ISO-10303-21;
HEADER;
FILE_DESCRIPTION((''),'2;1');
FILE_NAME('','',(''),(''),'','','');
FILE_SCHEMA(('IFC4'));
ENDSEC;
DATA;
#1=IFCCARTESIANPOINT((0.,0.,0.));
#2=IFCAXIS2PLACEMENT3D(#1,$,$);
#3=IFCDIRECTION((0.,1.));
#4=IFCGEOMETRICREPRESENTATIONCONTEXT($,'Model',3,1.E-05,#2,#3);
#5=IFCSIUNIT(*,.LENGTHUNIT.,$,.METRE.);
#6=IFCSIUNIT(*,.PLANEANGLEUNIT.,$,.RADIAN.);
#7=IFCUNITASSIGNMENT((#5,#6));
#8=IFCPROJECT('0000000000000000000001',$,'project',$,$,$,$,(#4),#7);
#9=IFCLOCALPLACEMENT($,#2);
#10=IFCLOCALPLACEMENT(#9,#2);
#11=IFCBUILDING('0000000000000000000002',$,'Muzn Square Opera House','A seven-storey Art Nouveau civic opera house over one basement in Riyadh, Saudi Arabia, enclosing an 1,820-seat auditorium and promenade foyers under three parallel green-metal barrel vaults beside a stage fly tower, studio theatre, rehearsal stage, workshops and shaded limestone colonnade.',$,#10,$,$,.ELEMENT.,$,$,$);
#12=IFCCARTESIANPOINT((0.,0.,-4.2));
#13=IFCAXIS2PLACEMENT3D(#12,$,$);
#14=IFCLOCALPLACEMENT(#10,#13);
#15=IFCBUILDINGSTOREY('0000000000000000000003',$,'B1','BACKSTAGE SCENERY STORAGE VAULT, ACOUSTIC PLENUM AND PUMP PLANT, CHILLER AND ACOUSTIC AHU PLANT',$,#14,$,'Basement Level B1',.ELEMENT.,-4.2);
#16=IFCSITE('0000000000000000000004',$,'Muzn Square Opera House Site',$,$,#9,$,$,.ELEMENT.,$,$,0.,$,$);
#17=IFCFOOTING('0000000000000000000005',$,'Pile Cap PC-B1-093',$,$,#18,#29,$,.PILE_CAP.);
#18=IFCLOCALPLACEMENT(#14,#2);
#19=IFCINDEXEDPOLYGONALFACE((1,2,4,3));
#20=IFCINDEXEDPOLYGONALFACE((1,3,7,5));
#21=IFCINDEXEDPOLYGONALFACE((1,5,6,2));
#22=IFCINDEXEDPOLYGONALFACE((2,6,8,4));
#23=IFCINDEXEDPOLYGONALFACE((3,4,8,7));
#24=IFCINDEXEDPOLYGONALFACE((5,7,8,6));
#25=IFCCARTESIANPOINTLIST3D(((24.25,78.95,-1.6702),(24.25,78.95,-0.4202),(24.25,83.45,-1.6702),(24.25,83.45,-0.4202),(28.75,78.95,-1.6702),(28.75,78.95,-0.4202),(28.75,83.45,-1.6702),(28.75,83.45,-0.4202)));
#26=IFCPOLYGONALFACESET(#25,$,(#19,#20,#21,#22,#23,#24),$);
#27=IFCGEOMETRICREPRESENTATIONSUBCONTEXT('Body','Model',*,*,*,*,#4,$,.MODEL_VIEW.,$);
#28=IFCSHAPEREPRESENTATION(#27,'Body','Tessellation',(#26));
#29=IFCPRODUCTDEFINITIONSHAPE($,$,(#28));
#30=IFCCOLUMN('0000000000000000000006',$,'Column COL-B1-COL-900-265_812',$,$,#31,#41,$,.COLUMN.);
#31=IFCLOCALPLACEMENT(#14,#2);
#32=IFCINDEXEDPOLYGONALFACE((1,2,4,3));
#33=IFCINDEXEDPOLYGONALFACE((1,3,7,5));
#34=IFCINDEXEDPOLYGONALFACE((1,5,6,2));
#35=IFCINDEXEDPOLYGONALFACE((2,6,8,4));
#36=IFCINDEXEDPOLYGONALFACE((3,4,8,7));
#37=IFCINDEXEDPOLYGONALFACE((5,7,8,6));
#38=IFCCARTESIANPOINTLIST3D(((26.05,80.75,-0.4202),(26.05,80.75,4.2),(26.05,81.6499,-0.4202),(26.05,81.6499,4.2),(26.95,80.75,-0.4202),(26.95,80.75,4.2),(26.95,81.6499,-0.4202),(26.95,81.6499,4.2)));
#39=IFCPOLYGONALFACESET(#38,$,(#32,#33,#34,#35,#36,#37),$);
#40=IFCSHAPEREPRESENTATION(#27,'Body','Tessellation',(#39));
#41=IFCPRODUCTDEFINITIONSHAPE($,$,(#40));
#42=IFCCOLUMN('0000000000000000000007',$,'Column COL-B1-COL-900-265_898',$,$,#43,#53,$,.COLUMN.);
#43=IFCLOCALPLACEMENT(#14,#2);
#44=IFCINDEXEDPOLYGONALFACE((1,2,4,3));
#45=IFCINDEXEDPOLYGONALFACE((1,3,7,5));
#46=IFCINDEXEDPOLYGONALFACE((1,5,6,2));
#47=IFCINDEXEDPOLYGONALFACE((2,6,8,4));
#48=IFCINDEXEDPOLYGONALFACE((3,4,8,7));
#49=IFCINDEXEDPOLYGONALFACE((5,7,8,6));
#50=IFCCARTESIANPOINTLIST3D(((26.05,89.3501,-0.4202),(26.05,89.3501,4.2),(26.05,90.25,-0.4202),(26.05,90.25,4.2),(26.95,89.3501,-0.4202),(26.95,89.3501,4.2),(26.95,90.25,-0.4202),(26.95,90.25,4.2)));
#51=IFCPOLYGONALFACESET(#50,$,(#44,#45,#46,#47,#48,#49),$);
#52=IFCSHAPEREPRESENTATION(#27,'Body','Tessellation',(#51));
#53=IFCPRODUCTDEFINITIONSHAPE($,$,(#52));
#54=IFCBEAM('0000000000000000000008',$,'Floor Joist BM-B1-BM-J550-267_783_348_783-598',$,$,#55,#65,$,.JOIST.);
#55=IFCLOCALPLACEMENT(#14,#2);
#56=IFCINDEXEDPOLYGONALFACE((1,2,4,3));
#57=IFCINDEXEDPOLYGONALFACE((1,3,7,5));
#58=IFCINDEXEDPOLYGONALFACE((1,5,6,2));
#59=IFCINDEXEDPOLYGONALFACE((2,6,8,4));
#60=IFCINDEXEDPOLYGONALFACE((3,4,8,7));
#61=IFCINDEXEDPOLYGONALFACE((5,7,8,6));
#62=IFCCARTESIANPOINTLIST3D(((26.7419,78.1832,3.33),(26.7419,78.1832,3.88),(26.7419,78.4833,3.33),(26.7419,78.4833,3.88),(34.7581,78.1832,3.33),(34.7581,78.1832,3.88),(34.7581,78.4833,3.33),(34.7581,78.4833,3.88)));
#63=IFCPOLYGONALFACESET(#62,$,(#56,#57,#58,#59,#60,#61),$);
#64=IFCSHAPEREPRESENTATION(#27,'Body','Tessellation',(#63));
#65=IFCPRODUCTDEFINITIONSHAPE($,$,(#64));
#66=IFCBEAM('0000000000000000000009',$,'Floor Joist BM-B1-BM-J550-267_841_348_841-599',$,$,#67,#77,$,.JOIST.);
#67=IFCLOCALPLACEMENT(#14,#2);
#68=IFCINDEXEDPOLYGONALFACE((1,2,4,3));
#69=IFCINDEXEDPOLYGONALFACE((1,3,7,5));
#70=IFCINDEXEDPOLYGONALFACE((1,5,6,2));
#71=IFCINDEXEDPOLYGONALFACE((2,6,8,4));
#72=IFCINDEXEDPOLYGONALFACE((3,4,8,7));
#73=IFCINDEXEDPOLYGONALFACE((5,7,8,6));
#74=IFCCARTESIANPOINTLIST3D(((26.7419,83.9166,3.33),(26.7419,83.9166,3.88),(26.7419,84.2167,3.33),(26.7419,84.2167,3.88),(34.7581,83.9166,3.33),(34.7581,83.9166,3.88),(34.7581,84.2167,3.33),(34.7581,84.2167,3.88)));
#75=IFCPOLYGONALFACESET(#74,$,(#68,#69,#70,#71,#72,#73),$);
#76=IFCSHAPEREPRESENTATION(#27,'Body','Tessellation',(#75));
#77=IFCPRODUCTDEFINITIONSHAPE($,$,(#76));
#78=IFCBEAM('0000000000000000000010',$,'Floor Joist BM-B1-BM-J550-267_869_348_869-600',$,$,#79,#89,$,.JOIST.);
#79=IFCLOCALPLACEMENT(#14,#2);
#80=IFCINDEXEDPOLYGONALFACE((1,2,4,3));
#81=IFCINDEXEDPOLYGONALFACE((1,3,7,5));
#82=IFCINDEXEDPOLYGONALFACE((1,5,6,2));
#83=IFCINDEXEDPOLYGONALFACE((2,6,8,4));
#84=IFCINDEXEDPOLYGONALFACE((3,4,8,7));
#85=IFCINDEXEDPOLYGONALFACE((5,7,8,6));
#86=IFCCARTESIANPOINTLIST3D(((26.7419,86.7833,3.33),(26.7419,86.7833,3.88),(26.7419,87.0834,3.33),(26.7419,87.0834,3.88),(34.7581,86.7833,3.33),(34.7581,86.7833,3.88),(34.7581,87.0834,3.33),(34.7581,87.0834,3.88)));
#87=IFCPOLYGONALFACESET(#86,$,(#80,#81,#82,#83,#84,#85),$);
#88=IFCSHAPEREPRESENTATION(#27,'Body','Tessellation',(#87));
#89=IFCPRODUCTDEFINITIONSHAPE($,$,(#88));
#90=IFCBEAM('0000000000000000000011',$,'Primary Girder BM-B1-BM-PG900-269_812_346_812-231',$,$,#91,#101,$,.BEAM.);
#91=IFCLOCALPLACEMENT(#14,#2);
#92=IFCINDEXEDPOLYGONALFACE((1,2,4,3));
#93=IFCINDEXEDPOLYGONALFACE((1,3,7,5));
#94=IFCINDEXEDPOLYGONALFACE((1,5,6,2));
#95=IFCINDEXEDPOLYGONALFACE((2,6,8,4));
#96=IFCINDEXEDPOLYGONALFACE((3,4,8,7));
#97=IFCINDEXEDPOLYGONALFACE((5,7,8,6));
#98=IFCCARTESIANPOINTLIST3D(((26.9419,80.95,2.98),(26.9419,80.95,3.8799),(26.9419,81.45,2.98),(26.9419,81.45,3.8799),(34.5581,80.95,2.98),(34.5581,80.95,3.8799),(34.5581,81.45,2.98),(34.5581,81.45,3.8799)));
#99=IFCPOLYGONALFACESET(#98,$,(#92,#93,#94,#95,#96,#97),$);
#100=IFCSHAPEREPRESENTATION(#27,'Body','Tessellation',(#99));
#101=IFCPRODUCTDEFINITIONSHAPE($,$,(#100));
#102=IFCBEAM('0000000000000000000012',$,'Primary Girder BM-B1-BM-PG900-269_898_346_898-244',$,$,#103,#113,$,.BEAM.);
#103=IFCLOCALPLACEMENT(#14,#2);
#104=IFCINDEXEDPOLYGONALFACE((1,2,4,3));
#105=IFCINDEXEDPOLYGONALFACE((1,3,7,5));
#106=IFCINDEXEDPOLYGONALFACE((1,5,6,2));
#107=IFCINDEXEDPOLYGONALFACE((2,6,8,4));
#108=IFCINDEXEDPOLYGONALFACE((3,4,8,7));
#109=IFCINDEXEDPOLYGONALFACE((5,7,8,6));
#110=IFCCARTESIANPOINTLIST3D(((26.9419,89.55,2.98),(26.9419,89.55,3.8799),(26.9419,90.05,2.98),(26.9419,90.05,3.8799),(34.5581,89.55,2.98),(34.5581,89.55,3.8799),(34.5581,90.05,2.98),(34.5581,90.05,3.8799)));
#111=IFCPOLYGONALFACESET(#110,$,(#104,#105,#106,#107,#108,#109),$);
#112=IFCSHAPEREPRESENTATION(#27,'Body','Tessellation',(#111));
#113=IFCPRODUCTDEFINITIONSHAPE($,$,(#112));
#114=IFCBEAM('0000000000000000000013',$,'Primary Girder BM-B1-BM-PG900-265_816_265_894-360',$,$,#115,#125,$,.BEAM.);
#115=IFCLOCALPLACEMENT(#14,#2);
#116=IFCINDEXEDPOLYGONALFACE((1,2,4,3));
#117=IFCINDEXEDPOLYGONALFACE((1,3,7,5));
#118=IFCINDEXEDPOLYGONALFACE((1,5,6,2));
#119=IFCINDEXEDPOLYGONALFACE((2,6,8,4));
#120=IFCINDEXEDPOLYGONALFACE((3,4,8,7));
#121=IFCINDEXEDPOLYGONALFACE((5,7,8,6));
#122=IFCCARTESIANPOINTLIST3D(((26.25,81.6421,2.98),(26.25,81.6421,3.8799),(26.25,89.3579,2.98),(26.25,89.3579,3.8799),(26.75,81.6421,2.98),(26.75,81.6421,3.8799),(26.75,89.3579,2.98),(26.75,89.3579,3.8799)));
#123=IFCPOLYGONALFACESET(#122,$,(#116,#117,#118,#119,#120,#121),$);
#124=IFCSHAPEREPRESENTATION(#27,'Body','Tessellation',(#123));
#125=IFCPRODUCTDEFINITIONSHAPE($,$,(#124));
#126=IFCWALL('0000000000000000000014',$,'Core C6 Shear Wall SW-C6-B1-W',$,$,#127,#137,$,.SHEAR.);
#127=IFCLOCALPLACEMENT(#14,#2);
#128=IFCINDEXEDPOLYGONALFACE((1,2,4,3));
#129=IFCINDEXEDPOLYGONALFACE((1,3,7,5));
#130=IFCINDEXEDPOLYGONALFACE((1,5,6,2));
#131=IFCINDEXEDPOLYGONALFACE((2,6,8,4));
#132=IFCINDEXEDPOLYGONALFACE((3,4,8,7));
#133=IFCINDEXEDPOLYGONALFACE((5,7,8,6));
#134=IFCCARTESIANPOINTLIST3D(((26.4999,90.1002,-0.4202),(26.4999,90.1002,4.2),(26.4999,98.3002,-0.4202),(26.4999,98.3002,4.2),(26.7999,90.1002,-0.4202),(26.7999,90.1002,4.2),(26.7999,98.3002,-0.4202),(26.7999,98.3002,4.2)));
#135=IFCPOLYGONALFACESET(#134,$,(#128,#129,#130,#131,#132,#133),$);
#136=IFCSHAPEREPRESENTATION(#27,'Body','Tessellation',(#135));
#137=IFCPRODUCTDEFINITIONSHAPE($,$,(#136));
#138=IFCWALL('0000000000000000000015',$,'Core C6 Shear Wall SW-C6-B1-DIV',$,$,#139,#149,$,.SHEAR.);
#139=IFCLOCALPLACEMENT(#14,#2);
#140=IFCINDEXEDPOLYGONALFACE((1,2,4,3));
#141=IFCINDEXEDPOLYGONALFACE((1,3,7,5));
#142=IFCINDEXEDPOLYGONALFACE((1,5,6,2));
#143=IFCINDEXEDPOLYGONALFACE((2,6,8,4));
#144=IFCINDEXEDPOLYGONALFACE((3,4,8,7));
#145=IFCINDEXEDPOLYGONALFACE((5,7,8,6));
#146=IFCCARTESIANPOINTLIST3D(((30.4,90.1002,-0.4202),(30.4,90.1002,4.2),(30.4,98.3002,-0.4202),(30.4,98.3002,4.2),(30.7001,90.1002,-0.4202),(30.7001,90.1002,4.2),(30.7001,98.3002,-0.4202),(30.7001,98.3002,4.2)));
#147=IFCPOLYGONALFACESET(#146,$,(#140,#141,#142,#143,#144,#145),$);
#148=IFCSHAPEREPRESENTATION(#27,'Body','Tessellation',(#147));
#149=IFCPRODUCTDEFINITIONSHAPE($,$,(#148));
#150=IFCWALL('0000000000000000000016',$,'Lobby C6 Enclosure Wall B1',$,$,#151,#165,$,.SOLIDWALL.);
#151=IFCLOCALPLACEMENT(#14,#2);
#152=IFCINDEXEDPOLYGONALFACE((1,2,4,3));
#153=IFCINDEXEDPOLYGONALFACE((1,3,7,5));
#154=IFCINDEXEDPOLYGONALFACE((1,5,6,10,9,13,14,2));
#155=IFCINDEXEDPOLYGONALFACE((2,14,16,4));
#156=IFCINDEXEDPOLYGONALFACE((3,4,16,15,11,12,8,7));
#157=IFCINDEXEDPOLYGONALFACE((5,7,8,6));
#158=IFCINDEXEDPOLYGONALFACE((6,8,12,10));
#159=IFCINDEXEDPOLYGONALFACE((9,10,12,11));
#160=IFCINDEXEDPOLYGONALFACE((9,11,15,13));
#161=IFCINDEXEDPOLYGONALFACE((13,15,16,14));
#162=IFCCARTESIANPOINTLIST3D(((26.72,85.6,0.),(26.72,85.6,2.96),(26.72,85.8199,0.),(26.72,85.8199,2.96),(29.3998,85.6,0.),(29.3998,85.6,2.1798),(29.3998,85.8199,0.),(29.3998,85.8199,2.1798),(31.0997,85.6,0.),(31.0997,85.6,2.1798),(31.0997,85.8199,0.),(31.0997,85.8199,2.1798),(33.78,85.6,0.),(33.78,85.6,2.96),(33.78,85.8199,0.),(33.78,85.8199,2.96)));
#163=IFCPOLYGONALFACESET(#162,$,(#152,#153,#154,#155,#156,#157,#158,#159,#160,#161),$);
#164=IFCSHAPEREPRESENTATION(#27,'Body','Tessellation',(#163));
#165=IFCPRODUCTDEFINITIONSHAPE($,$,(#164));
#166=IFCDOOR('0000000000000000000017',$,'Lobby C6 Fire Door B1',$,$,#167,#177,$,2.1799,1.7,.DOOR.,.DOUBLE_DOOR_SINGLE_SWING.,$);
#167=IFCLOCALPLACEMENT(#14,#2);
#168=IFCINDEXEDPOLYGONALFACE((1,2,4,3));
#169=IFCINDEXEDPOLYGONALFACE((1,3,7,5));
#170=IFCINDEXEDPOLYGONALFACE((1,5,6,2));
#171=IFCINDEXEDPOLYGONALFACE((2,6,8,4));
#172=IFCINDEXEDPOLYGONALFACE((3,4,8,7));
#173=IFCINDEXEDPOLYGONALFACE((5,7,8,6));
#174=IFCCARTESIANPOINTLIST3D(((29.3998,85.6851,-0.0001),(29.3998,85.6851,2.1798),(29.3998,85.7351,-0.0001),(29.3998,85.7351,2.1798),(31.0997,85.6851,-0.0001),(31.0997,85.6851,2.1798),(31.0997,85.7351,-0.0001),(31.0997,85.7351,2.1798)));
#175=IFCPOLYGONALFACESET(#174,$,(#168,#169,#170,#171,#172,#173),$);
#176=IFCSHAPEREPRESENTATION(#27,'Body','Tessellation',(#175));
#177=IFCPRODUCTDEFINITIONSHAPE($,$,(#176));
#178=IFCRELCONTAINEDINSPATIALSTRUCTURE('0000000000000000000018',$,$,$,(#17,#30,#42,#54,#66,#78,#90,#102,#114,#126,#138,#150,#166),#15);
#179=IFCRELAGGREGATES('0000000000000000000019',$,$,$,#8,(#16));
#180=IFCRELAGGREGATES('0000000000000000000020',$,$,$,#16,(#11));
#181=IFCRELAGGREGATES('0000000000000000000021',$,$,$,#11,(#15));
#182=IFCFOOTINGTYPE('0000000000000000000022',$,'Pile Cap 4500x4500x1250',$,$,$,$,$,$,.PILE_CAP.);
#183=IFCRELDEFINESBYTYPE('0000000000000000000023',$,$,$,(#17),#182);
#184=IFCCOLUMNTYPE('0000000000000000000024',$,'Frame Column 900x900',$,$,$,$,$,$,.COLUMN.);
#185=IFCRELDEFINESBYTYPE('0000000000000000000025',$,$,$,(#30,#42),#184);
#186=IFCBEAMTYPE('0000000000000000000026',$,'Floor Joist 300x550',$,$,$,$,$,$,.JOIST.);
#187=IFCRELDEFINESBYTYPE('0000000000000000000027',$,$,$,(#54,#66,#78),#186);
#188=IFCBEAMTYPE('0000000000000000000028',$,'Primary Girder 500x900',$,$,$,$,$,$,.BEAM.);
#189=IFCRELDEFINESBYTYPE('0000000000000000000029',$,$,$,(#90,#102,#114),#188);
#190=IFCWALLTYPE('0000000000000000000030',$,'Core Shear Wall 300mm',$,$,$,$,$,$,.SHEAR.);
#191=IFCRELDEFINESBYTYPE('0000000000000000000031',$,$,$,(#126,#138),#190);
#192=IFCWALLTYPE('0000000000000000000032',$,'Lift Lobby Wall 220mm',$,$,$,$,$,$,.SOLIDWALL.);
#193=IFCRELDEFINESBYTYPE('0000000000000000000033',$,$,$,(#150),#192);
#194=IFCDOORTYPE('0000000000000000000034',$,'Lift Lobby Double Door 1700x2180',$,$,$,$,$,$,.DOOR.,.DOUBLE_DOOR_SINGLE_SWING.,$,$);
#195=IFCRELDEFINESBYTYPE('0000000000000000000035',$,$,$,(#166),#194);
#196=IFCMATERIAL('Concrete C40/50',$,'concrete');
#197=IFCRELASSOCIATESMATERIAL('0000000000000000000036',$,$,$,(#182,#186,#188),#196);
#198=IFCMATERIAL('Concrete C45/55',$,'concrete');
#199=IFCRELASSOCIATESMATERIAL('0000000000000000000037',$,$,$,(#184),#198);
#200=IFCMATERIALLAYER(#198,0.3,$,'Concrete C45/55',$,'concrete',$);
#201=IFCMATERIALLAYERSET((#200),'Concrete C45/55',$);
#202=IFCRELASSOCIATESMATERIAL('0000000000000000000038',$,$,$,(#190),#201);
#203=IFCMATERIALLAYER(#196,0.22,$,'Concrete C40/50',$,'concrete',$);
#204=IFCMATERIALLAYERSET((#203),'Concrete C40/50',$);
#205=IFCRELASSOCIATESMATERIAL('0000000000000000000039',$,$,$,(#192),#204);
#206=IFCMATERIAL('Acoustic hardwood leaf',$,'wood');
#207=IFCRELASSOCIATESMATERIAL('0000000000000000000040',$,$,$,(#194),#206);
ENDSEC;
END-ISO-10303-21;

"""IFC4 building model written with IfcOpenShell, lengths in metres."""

from ifc_helpers import new_model, si_unit, direction, frame, frame_2d, origin, origin_2d, place, context, subcontext, project, spatial, rectangle, extrude, material, layer, layer_set, material_profile, profile_set, type_object, element, fill, save


model = new_model("IFC4")

# Units and contexts
model_context = context("Model", 3, precision=1e-05, world=origin(), true_north=direction((0.0, 1.0)))
body_context = subcontext(model_context, "Body", "Model", "MODEL_VIEW")
ifc_project = project(units=[si_unit("LENGTHUNIT", "METRE"), si_unit("PLANEANGLEUNIT", "RADIAN")], contexts=[model_context])

# Site, building, storey
site_placement = place(None, origin())
site = spatial("IfcSite", under=ifc_project, at=site_placement, Name="Muzn Square Opera House Site", CompositionType="ELEMENT", RefElevation=0.0)
building_placement = place(site_placement, origin())
building = spatial("IfcBuilding", under=site, at=building_placement, Name="Muzn Square Opera House", Description="A seven-storey Art Nouveau civic opera house over one basement in Riyadh, Saudi Arabia, enclosing an 1,820-seat auditorium and promenade foyers under three parallel green-metal barrel vaults beside a stage fly tower, studio theatre, rehearsal stage, workshops and shaded limestone colonnade.", CompositionType="ELEMENT")
storey_placement = place(building_placement, frame((0.0, 0.0, -4.2)))
storey = spatial("IfcBuildingStorey", under=building, at=storey_placement, Name="B1", Description="BACKSTAGE SCENERY STORAGE VAULT, ACOUSTIC PLENUM AND PUMP PLANT, CHILLER AND ACOUSTIC AHU PLANT", LongName="Basement Level B1", CompositionType="ELEMENT", Elevation=-4.2)

# Shared definitions
ifc_material_1 = material(Name="Concrete C40/50", Category="concrete")

# Footing
footing_type_1 = type_object("IfcFootingType", Name="Pile Cap 4500x4500x1250", PredefinedType="PILE_CAP", material=ifc_material_1)
footing_1_placement = place(storey_placement, frame((26.5, 81.2, -1.6702), z_axis=(0.0, 0.0, 1.0), x_axis=(1.0, 0.0, 0.0)))
element("IfcFooting", 1, at=footing_1_placement, inside=storey, type_object=footing_type_1, Name="Pile Cap PC-B1-093", PredefinedType="PILE_CAP", context=body_context, shape_type="SweptSolid", body=[
    extrude(rectangle(XDim=4.5, YDim=4.5, at=origin_2d()), origin(), (0.0, 0.0, 1.0), 1.25),
])

# Columns
ifc_material_2 = material(Name="Concrete C45/55", Category="concrete")
ifc_material_profile_1 = material_profile(ifc_material_2, rectangle(XDim=0.8999, YDim=0.8999, at=origin_2d()), Name="RC 900x900", Category="concrete")
ifc_profile_set_1 = profile_set([ifc_material_profile_1], Name="Concrete C45/55")
column_type = type_object("IfcColumnType", Name="Frame Column 900x900", PredefinedType="COLUMN", material=ifc_profile_set_1)
for number, where, z_axis, x_axis, name in (
    (2, (26.5, 81.2, -0.4202), (0.0, 0.0, 1.0), (1.0, 0.0, 0.0), "Column COL-B1-COL-900-265_812"),
    (3, (26.5, 89.8, -0.4202), (0.0, 0.0, 1.0), (1.0, 0.0, 0.0), "Column COL-B1-COL-900-265_898"),
):
    element("IfcColumn", number, at=place(storey_placement, frame(where, z_axis=z_axis, x_axis=x_axis)), inside=storey, type_object=column_type, Name=name, PredefinedType="COLUMN", context=body_context, shape_type="SweptSolid", body=[
        extrude(rectangle(XDim=0.8999, YDim=0.8999, at=origin_2d()), origin(), (0.0, 0.0, 1.0), 4.6201),
    ])

# Beams
ifc_material_profile_2 = material_profile(ifc_material_1, rectangle(XDim=0.3, YDim=0.55, at=origin_2d()), Name="RCJ 300x550", Category="concrete")
ifc_profile_set_2 = profile_set([ifc_material_profile_2], Name="Concrete C40/50")
beam_type_1 = type_object("IfcBeamType", Name="Floor Joist 300x550", PredefinedType="JOIST", material=ifc_profile_set_2)
for number, where, z_axis, x_axis, name in (
    (4, (26.7419, 78.3333, 3.605), (1.0, 0.0, 0.0), (0.0, 1.0, 0.0), "Floor Joist BM-B1-BM-J550-267_783_348_783-598"),
    (5, (26.7419, 84.0667, 3.605), (1.0, 0.0, 0.0), (0.0, 1.0, 0.0), "Floor Joist BM-B1-BM-J550-267_841_348_841-599"),
    (6, (26.7419, 86.9333, 3.605), (1.0, 0.0, 0.0), (0.0, 1.0, 0.0), "Floor Joist BM-B1-BM-J550-267_869_348_869-600"),
):
    element("IfcBeam", number, at=place(storey_placement, frame(where, z_axis=z_axis, x_axis=x_axis)), inside=storey, type_object=beam_type_1, Name=name, PredefinedType="JOIST", context=body_context, shape_type="SweptSolid", body=[
        extrude(rectangle(XDim=0.3, YDim=0.55, at=origin_2d()), origin(), (0.0, 0.0, 1.0), 8.0161),
    ])
ifc_material_profile_3 = material_profile(ifc_material_1, rectangle(XDim=0.5, YDim=0.8999, at=origin_2d()), Name="RCB 500x900", Category="concrete")
ifc_profile_set_3 = profile_set([ifc_material_profile_3], Name="Concrete C40/50")
beam_type_2 = type_object("IfcBeamType", Name="Primary Girder 500x900", PredefinedType="BEAM", material=ifc_profile_set_3)
for number, where, z_axis, x_axis, name in (
    (7, (26.9419, 81.2, 3.4299), (1.0, 0.0, 0.0), (0.0, 1.0, 0.0), "Primary Girder BM-B1-BM-PG900-269_812_346_812-231"),
    (8, (26.9419, 89.8, 3.4299), (1.0, 0.0, 0.0), (0.0, 1.0, 0.0), "Primary Girder BM-B1-BM-PG900-269_898_346_898-244"),
):
    element("IfcBeam", number, at=place(storey_placement, frame(where, z_axis=z_axis, x_axis=x_axis)), inside=storey, type_object=beam_type_2, Name=name, PredefinedType="BEAM", context=body_context, shape_type="SweptSolid", body=[
        extrude(rectangle(XDim=0.5, YDim=0.8999, at=origin_2d()), origin(), (0.0, 0.0, 1.0), 7.6162),
    ])
beam_placement = place(storey_placement, frame((26.5, 81.6421, 3.4299), z_axis=(0.0, 1.0, 0.0), x_axis=(-1.0, 0.0, 0.0)))
element("IfcBeam", 9, at=beam_placement, inside=storey, type_object=beam_type_2, Name="Primary Girder BM-B1-BM-PG900-265_816_265_894-360", PredefinedType="BEAM", context=body_context, shape_type="SweptSolid", body=[
    extrude(rectangle(XDim=0.5, YDim=0.8999, at=origin_2d()), origin(), (0.0, 0.0, 1.0), 7.7158),
])

# Walls
ifc_layer_1 = layer(ifc_material_2, 0.3, Name="Concrete C45/55", Category="concrete")
ifc_layer_set_1 = layer_set([ifc_layer_1], Name="Concrete C45/55")
wall_type_1 = type_object("IfcWallType", Name="Core Shear Wall 300mm", PredefinedType="SHEAR", material=ifc_layer_set_1)
for number, where, z_axis, x_axis, name in (
    (10, (26.6499, 90.1001, -0.4202), (0.0, 0.0, 1.0), (0.0, 1.0, 0.0), "Core C6 Shear Wall SW-C6-B1-W"),
    (11, (30.55, 90.1001, -0.4202), (0.0, 0.0, 1.0), (0.0, 1.0, 0.0), "Core C6 Shear Wall SW-C6-B1-DIV"),
):
    element("IfcWall", number, at=place(storey_placement, frame(where, z_axis=z_axis, x_axis=x_axis)), inside=storey, type_object=wall_type_1, Name=name, PredefinedType="SHEAR", context=body_context, shape_type="SweptSolid", body=[
        extrude(rectangle(XDim=8.2, YDim=0.3, at=frame_2d((4.1001, 0.0))), origin(), (0.0, 0.0, 1.0), 4.6201),
    ])

# Wall, opening, door
ifc_layer_2 = layer(ifc_material_1, 0.22, Name="Concrete C40/50", Category="concrete")
ifc_layer_set_2 = layer_set([ifc_layer_2], Name="Concrete C40/50")
wall_type_2 = type_object("IfcWallType", Name="Lift Lobby Wall 220mm", PredefinedType="SOLIDWALL", material=ifc_layer_set_2)
wall_1_placement = place(storey_placement, frame((26.72, 85.71, 0.0), z_axis=(0.0, 0.0, 1.0), x_axis=(1.0, 0.0, 0.0)))
wall_1 = element("IfcWall", 12, at=wall_1_placement, inside=storey, type_object=wall_type_2, Name="Lobby C6 Enclosure Wall B1", PredefinedType="SOLIDWALL", context=body_context, shape_type="SweptSolid", body=[
    extrude(rectangle(XDim=7.0601, YDim=0.22, at=frame_2d((3.53, 0.0))), origin(), (0.0, 0.0, 1.0), 2.96),
])
opening_1_placement = place(wall_1_placement, frame((4.3799, 0.0, 0.0), z_axis=(0.0, 0.0, 1.0), x_axis=(-1.0, 0.0, 0.0)))
opening_1 = element("IfcOpeningElement", 13, at=opening_1_placement, cuts=wall_1, PredefinedType="OPENING", context=body_context, shape_type="SweptSolid", body=[
    extrude(rectangle(XDim=1.7, YDim=2.1799, at=frame_2d((0.8501, 1.0898))), frame((0.0, 0.1199, 0.0), z_axis=(0.0, -1.0, 0.0), x_axis=(1.0, 0.0, 0.0)), (0.0, 0.0, 1.0), 0.24),
])
ifc_material_3 = material(Name="Acoustic hardwood leaf", Category="wood")
door_type_1 = type_object("IfcDoorType", Name="Lift Lobby Double Door 1700x2180", OperationType="DOUBLE_DOOR_SINGLE_SWING", PredefinedType="DOOR", material=ifc_material_3)
door_1_placement = place(opening_1_placement, origin())
door_1 = element("IfcDoor", 14, at=door_1_placement, inside=storey, type_object=door_type_1, Name="Lobby C6 Fire Door B1", OperationType="DOUBLE_DOOR_SINGLE_SWING", OverallHeight=2.1799, OverallWidth=1.7, PredefinedType="DOOR", context=body_context, shape_type="SweptSolid", body=[
    extrude(rectangle(XDim=1.7, YDim=2.1799, at=frame_2d((0.8501, 1.0898))), frame((0.0, 0.0249, 0.0), z_axis=(0.0, -1.0, 0.0), x_axis=(1.0, 0.0, 0.0)), (0.0, 0.0, 1.0), 0.05),
])
fill(opening_1, door_1)

save(model, "model.ifc")
